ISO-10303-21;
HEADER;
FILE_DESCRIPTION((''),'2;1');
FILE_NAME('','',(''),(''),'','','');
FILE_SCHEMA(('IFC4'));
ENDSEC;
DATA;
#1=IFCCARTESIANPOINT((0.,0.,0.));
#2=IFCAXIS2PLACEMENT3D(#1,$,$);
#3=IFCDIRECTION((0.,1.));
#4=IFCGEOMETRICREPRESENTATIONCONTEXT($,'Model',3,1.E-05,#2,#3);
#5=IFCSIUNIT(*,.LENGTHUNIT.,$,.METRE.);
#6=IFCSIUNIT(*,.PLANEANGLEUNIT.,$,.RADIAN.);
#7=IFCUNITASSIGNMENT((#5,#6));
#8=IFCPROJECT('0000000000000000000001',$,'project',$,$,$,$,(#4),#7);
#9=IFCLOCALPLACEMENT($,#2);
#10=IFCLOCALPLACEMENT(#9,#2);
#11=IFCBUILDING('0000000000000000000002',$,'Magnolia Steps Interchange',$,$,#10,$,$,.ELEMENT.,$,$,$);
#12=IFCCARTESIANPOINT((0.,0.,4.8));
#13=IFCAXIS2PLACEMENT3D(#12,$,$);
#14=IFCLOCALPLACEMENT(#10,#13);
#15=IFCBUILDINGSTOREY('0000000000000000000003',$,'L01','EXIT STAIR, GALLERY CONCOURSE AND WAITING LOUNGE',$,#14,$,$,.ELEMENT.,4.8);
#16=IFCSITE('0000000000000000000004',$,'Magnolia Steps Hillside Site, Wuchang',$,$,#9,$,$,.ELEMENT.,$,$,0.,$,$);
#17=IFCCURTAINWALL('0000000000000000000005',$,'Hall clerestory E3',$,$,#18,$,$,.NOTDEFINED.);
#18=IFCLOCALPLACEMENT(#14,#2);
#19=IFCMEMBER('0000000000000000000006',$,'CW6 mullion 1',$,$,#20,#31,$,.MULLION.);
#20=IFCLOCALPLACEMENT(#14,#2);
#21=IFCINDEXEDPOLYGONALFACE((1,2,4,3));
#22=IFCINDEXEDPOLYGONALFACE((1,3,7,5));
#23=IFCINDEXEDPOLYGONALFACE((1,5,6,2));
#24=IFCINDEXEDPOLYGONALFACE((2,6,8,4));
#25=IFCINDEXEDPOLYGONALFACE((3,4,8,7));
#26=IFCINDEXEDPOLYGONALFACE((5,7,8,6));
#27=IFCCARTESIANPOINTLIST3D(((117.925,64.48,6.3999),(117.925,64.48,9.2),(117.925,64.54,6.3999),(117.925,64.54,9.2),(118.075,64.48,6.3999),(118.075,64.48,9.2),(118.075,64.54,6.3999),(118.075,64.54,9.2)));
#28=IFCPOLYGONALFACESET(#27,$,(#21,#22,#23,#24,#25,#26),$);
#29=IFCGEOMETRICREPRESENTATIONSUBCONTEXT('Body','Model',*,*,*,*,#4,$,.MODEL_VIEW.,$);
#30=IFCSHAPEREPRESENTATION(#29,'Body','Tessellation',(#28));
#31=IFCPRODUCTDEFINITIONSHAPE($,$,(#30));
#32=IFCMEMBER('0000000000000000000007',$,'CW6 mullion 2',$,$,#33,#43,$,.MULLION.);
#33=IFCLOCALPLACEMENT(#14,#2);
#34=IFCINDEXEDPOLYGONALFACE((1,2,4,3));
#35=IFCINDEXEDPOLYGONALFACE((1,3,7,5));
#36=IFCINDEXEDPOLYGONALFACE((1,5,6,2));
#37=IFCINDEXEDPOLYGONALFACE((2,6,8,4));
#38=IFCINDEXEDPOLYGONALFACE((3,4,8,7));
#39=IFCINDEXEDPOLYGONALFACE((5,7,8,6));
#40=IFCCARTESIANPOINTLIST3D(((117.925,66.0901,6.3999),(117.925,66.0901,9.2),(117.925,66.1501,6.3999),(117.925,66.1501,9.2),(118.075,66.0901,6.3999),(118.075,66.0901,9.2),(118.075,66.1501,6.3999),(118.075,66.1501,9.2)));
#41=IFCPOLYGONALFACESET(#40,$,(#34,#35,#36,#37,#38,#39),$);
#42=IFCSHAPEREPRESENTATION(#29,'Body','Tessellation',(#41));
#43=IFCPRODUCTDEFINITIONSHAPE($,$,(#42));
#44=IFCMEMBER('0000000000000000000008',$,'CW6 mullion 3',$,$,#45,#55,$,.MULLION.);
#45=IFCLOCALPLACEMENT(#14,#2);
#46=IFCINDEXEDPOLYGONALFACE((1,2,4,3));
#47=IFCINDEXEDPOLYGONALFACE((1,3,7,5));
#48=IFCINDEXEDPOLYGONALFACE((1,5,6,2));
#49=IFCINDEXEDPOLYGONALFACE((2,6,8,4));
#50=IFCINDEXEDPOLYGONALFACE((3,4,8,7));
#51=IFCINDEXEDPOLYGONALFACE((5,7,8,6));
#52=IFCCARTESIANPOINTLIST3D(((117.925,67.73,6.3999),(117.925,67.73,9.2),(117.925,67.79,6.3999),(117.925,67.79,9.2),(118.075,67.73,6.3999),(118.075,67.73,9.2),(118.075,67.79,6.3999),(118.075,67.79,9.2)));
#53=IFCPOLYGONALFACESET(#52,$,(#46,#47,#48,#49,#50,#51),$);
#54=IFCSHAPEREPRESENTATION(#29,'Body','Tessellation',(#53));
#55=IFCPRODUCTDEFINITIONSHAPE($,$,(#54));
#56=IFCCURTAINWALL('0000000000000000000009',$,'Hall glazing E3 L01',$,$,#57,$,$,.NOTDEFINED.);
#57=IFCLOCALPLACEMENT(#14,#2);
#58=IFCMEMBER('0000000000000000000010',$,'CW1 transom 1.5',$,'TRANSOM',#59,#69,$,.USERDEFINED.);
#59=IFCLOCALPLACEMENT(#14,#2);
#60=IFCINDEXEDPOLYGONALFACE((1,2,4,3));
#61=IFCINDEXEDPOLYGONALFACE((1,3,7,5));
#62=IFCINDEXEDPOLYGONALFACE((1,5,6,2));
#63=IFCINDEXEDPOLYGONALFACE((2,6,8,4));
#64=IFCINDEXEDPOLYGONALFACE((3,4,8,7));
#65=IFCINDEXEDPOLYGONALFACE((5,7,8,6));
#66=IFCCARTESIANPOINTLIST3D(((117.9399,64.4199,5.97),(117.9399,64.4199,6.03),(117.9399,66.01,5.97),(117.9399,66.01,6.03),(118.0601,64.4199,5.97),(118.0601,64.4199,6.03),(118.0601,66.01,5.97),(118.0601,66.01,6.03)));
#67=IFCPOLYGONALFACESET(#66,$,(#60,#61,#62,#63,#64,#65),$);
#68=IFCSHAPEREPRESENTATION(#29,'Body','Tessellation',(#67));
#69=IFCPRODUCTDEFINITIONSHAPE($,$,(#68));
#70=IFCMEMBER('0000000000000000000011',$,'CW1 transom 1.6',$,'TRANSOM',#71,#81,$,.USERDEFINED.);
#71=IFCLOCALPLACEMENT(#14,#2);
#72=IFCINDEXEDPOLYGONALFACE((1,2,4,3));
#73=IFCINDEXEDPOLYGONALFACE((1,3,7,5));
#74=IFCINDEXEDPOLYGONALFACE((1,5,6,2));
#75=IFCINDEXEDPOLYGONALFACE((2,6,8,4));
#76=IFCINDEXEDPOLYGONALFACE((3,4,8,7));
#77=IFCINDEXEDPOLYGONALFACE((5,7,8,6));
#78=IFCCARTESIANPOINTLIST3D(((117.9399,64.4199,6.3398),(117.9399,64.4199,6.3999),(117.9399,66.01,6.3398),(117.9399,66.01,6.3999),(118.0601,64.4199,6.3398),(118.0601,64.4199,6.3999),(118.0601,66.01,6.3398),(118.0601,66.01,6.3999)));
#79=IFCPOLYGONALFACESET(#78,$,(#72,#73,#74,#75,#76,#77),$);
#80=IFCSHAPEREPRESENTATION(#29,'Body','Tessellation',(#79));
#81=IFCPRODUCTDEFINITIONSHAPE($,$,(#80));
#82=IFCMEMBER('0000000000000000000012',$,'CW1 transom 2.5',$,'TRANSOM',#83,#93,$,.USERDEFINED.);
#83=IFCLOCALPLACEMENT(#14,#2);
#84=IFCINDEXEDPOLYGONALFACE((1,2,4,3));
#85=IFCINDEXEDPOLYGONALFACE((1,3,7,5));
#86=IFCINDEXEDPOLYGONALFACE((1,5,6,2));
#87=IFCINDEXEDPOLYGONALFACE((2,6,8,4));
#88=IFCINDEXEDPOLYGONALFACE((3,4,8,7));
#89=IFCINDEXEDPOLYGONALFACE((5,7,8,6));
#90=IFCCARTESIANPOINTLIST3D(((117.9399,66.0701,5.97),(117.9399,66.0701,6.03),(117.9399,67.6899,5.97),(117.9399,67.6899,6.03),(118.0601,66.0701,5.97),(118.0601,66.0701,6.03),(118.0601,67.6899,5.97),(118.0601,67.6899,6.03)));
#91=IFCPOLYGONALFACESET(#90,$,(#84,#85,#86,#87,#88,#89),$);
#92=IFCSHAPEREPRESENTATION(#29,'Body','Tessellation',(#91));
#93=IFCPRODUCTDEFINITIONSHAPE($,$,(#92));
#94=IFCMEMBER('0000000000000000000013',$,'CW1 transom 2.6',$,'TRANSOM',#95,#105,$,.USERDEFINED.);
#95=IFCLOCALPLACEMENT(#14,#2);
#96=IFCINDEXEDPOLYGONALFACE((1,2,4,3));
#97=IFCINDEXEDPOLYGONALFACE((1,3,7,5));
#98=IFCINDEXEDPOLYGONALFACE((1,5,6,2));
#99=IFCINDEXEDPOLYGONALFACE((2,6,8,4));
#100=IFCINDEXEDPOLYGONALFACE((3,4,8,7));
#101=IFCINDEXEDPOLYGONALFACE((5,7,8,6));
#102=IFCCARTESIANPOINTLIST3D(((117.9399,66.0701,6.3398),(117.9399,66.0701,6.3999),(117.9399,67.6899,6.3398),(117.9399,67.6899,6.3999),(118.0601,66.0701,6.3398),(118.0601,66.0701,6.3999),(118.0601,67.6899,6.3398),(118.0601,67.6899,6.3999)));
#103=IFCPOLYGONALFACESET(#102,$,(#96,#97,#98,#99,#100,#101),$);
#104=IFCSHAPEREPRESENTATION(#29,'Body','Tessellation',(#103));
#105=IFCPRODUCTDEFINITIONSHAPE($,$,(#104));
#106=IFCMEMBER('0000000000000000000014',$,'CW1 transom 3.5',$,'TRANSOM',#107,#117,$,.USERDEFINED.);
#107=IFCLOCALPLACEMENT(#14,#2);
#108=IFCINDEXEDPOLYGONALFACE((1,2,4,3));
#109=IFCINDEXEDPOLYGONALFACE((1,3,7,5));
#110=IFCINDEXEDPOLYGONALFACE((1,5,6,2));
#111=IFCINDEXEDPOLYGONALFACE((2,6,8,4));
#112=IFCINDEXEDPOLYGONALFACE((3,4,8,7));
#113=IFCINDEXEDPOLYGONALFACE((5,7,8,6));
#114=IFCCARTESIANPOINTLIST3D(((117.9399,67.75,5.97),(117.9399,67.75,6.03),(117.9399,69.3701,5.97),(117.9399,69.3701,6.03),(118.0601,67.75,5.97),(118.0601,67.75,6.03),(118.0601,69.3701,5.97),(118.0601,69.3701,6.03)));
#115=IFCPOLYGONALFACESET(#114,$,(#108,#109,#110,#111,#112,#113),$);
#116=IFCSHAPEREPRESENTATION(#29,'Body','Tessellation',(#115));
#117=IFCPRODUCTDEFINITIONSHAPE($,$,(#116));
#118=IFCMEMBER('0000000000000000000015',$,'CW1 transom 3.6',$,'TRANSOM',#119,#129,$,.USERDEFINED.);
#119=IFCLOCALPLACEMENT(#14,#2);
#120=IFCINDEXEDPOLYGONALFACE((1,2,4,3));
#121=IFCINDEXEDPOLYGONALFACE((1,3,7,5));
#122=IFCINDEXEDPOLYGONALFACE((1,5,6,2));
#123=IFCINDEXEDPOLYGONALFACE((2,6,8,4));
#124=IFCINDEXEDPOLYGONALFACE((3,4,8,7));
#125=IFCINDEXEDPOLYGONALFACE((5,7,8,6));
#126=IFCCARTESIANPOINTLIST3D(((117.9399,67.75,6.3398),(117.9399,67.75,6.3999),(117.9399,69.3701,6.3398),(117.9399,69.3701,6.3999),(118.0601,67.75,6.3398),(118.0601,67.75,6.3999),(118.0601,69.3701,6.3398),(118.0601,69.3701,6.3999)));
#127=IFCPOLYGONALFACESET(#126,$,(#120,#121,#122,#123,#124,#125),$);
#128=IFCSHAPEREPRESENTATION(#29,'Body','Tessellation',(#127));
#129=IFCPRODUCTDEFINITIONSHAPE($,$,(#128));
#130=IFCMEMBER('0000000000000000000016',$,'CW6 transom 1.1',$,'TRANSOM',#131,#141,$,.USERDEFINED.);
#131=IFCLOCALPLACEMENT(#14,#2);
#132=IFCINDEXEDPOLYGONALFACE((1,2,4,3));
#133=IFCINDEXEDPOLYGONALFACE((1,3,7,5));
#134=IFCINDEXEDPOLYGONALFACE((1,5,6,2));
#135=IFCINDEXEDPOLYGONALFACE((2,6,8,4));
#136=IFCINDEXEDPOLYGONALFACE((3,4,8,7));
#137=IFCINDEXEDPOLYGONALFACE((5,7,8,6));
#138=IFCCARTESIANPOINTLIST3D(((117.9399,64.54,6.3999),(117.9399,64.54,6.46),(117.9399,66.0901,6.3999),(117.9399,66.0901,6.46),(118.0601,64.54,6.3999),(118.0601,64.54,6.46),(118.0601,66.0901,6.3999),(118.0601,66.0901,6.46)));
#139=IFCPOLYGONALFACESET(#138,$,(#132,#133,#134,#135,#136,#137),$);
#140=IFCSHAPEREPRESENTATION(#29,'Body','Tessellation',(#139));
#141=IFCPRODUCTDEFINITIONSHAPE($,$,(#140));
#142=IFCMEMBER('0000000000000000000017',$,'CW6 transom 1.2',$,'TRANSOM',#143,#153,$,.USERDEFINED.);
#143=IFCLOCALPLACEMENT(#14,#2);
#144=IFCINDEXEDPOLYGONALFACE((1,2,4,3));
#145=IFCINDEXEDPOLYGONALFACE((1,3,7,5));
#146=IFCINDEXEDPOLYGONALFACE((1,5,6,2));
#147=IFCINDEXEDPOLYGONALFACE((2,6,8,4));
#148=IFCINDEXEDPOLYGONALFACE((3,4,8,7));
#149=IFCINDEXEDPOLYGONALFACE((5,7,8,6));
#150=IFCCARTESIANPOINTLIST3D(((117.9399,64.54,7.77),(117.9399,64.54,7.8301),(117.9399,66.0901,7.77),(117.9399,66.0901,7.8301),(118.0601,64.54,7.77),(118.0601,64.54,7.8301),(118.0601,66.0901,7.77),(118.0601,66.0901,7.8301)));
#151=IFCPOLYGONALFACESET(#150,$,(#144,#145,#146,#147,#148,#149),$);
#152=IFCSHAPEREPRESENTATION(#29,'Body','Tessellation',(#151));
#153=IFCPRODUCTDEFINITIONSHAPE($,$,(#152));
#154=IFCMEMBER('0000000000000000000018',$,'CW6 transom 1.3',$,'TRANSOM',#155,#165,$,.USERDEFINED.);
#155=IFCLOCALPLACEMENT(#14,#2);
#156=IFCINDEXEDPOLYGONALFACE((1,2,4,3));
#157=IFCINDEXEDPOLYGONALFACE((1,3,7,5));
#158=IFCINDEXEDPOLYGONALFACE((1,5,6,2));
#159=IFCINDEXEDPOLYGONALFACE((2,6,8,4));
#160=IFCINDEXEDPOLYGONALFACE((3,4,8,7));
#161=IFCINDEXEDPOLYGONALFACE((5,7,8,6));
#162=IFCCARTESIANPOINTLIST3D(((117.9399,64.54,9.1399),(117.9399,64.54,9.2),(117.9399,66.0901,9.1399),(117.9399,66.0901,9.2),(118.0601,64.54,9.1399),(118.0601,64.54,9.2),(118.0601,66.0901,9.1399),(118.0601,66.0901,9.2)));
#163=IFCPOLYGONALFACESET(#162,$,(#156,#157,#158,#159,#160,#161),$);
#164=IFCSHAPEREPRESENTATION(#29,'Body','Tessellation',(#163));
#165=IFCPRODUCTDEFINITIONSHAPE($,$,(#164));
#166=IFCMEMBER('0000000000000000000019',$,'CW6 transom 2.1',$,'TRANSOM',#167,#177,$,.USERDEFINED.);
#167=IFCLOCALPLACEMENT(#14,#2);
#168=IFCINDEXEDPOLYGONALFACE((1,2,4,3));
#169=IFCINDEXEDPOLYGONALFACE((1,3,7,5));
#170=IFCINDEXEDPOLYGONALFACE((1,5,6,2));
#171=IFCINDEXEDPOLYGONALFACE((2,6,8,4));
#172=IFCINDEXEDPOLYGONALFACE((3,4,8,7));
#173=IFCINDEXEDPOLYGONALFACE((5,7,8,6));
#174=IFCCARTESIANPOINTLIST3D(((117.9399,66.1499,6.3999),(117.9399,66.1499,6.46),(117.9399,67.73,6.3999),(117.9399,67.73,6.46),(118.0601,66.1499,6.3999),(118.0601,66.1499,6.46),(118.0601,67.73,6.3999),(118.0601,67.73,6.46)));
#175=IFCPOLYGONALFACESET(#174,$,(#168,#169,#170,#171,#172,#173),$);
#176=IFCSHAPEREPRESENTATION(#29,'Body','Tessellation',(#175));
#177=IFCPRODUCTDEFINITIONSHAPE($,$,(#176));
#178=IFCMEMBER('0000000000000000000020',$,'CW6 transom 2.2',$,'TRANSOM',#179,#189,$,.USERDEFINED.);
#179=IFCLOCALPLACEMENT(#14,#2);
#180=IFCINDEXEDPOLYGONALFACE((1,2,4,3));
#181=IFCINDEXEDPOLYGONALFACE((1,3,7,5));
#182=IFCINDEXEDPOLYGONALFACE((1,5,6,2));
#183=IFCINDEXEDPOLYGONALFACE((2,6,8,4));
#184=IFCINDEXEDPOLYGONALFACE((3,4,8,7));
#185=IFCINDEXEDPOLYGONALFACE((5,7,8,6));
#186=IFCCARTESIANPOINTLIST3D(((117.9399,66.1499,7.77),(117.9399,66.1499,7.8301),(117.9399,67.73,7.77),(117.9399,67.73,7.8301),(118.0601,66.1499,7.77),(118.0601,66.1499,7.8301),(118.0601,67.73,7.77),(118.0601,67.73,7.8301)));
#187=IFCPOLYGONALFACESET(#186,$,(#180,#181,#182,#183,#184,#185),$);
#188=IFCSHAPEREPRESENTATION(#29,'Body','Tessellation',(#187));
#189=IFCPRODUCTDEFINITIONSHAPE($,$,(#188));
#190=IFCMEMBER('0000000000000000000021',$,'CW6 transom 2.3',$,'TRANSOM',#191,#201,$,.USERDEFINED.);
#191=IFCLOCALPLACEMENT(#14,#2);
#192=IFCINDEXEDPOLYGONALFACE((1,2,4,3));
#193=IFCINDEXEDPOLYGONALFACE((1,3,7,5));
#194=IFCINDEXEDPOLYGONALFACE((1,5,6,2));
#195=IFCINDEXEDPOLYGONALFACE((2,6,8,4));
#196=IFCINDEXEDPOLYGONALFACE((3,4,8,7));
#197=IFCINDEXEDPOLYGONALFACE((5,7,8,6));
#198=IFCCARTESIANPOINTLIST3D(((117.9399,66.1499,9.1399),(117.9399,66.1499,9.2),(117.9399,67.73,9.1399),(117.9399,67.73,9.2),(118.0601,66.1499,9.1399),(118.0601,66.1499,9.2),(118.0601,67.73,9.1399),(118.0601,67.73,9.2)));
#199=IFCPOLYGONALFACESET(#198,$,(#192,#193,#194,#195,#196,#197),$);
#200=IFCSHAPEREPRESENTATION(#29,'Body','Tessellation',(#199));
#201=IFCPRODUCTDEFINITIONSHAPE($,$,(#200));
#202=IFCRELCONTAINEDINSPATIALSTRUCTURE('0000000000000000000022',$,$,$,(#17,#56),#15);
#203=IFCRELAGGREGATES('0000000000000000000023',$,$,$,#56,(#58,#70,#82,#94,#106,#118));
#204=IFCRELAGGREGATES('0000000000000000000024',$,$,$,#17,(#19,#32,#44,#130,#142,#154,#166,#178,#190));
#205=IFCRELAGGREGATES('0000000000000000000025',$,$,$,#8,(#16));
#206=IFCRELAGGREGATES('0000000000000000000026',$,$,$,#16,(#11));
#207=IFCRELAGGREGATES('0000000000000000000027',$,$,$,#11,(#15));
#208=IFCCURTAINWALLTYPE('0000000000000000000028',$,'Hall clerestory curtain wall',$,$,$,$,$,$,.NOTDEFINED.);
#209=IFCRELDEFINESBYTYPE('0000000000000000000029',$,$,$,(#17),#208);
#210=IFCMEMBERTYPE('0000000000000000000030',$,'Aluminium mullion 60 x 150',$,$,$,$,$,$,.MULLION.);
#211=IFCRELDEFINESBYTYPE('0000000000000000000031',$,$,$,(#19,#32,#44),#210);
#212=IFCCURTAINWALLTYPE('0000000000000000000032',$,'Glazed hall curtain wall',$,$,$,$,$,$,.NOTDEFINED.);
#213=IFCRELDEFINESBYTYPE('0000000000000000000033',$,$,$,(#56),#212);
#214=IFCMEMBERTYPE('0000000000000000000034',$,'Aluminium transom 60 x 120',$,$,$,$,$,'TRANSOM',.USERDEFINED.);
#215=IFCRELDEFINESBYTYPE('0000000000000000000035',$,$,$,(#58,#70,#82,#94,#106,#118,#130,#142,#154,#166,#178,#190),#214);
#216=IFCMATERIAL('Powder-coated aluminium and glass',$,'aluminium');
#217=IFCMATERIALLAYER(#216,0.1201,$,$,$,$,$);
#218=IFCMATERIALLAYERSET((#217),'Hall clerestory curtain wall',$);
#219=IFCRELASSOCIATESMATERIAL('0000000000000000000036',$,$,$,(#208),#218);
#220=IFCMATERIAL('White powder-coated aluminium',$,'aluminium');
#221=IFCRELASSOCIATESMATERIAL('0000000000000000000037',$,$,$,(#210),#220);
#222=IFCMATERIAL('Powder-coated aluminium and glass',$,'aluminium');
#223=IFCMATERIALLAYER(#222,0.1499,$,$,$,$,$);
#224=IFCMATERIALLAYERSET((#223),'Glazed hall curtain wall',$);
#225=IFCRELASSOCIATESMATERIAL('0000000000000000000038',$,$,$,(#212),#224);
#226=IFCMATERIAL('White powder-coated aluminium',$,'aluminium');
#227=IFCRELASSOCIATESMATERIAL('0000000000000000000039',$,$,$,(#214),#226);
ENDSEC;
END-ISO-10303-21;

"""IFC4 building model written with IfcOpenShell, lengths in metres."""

from ifc_helpers import new_model, si_unit, direction, frame, origin, origin_2d, place, context, subcontext, project, spatial, rectangle, extrude, material, layer, layer_set, material_profile, profile_set, type_object, element, aggregate, save


model = new_model("IFC4")

# Units and contexts
model_context = context("Model", 3, precision=1e-05, world=origin(), true_north=direction((0.0, 1.0)))
body_context = subcontext(model_context, "Body", "Model", "MODEL_VIEW")
ifc_project = project(units=[si_unit("LENGTHUNIT", "METRE"), si_unit("PLANEANGLEUNIT", "RADIAN")], contexts=[model_context])

# Site, building, storey
site_placement = place(None, origin())
site = spatial("IfcSite", under=ifc_project, at=site_placement, Name="Magnolia Steps Hillside Site, Wuchang", CompositionType="ELEMENT", RefElevation=0.0)
building_placement = place(site_placement, origin())
building = spatial("IfcBuilding", under=site, at=building_placement, Name="Magnolia Steps Interchange", CompositionType="ELEMENT")
storey_placement = place(building_placement, frame((0.0, 0.0, 4.8)))
storey = spatial("IfcBuildingStorey", under=building, at=storey_placement, Name="L01", Description="EXIT STAIR, GALLERY CONCOURSE AND WAITING LOUNGE", CompositionType="ELEMENT", Elevation=4.8)

# Curtain walls, members
ifc_material_1 = material(Name="Powder-coated aluminium and glass", Category="aluminium")
ifc_layer_1 = layer(ifc_material_1, 0.1201)
ifc_layer_set_1 = layer_set([ifc_layer_1], Name="Hall clerestory curtain wall")
curtain_wall_type_1 = type_object("IfcCurtainWallType", Name="Hall clerestory curtain wall", PredefinedType="NOTDEFINED", material=ifc_layer_set_1)
curtain_wall_1_placement = place(storey_placement, origin())
curtain_wall_1 = element("IfcCurtainWall", 1, at=curtain_wall_1_placement, inside=storey, type_object=curtain_wall_type_1, Name="Hall clerestory E3", PredefinedType="NOTDEFINED")
ifc_material_2 = material(Name="White powder-coated aluminium", Category="aluminium")
ifc_material_profile_1 = material_profile(ifc_material_2, rectangle(XDim=0.0601, YDim=0.1499, at=origin_2d()), Name="Aluminium mullion 60 x 150")
ifc_profile_set_1 = profile_set([ifc_material_profile_1], Name="White powder-coated aluminium")
member_type_1 = type_object("IfcMemberType", Name="Aluminium mullion 60 x 150", PredefinedType="MULLION", material=ifc_profile_set_1)
member_1_placement = place(storey_placement, frame((118.0, 64.51, 6.3999), z_axis=(0.0, 0.0, 1.0), x_axis=(0.0, 1.0, 0.0)))
member_1 = element("IfcMember", 2, at=member_1_placement, type_object=member_type_1, Name="CW6 mullion 1", PredefinedType="MULLION", context=body_context, shape_type="SweptSolid", body=[
    extrude(rectangle(XDim=0.0601, YDim=0.1499, at=origin_2d()), origin(), (0.0, 0.0, 1.0), 2.8),
])
member_2_placement = place(storey_placement, frame((118.0, 66.1201, 6.3999), z_axis=(0.0, 0.0, 1.0), x_axis=(0.0, 1.0, 0.0)))
member_2 = element("IfcMember", 3, at=member_2_placement, type_object=member_type_1, Name="CW6 mullion 2", PredefinedType="MULLION", context=body_context, shape_type="SweptSolid", body=[
    extrude(rectangle(XDim=0.0601, YDim=0.1499, at=origin_2d()), origin(), (0.0, 0.0, 1.0), 2.8),
])
member_3_placement = place(storey_placement, frame((118.0, 67.76, 6.3999), z_axis=(0.0, 0.0, 1.0), x_axis=(0.0, 1.0, 0.0)))
member_3 = element("IfcMember", 4, at=member_3_placement, type_object=member_type_1, Name="CW6 mullion 3", PredefinedType="MULLION", context=body_context, shape_type="SweptSolid", body=[
    extrude(rectangle(XDim=0.0601, YDim=0.1499, at=origin_2d()), origin(), (0.0, 0.0, 1.0), 2.8),
])
ifc_material_3 = material(Name="Powder-coated aluminium and glass", Category="aluminium")
ifc_layer_2 = layer(ifc_material_3, 0.1499)
ifc_layer_set_2 = layer_set([ifc_layer_2], Name="Glazed hall curtain wall")
curtain_wall_type_2 = type_object("IfcCurtainWallType", Name="Glazed hall curtain wall", PredefinedType="NOTDEFINED", material=ifc_layer_set_2)
curtain_wall_2_placement = place(storey_placement, origin())
curtain_wall_2 = element("IfcCurtainWall", 5, at=curtain_wall_2_placement, inside=storey, type_object=curtain_wall_type_2, Name="Hall glazing E3 L01", PredefinedType="NOTDEFINED")
ifc_material_4 = material(Name="White powder-coated aluminium", Category="aluminium")
ifc_material_profile_2 = material_profile(ifc_material_4, rectangle(XDim=0.0601, YDim=0.1201, at=origin_2d()), Name="Aluminium transom 60 x 120")
ifc_profile_set_2 = profile_set([ifc_material_profile_2], Name="White powder-coated aluminium")
member_type_2 = type_object("IfcMemberType", Name="Aluminium transom 60 x 120", ElementType="TRANSOM", PredefinedType="USERDEFINED", material=ifc_profile_set_2)
member_4_placement = place(storey_placement, frame((118.0, 64.4199, 6.0), z_axis=(0.0, 1.0, 0.0), x_axis=(0.0, 0.0, 1.0)))
member_4 = element("IfcMember", 6, at=member_4_placement, type_object=member_type_2, Name="CW1 transom 1.5", ObjectType="TRANSOM", PredefinedType="USERDEFINED", context=body_context, shape_type="SweptSolid", body=[
    extrude(rectangle(XDim=0.0601, YDim=0.1201, at=origin_2d()), origin(), (0.0, 0.0, 1.0), 1.5901),
])
member_5_placement = place(storey_placement, frame((118.0, 64.4199, 6.3699), z_axis=(0.0, 1.0, 0.0), x_axis=(0.0, 0.0, 1.0)))
member_5 = element("IfcMember", 7, at=member_5_placement, type_object=member_type_2, Name="CW1 transom 1.6", ObjectType="TRANSOM", PredefinedType="USERDEFINED", context=body_context, shape_type="SweptSolid", body=[
    extrude(rectangle(XDim=0.0601, YDim=0.1201, at=origin_2d()), origin(), (0.0, 0.0, 1.0), 1.5901),
])
member_6_placement = place(storey_placement, frame((118.0, 66.0701, 6.0), z_axis=(0.0, 1.0, 0.0), x_axis=(0.0, 0.0, 1.0)))
member_6 = element("IfcMember", 8, at=member_6_placement, type_object=member_type_2, Name="CW1 transom 2.5", ObjectType="TRANSOM", PredefinedType="USERDEFINED", context=body_context, shape_type="SweptSolid", body=[
    extrude(rectangle(XDim=0.0601, YDim=0.1201, at=origin_2d()), origin(), (0.0, 0.0, 1.0), 1.6199),
])
member_7_placement = place(storey_placement, frame((118.0, 66.0701, 6.3699), z_axis=(0.0, 1.0, 0.0), x_axis=(0.0, 0.0, 1.0)))
member_7 = element("IfcMember", 9, at=member_7_placement, type_object=member_type_2, Name="CW1 transom 2.6", ObjectType="TRANSOM", PredefinedType="USERDEFINED", context=body_context, shape_type="SweptSolid", body=[
    extrude(rectangle(XDim=0.0601, YDim=0.1201, at=origin_2d()), origin(), (0.0, 0.0, 1.0), 1.6199),
])
member_8_placement = place(storey_placement, frame((118.0, 67.75, 6.0), z_axis=(0.0, 1.0, 0.0), x_axis=(0.0, 0.0, 1.0)))
member_8 = element("IfcMember", 10, at=member_8_placement, type_object=member_type_2, Name="CW1 transom 3.5", ObjectType="TRANSOM", PredefinedType="USERDEFINED", context=body_context, shape_type="SweptSolid", body=[
    extrude(rectangle(XDim=0.0601, YDim=0.1201, at=origin_2d()), origin(), (0.0, 0.0, 1.0), 1.6201),
])
member_9_placement = place(storey_placement, frame((118.0, 67.75, 6.3699), z_axis=(0.0, 1.0, 0.0), x_axis=(0.0, 0.0, 1.0)))
member_9 = element("IfcMember", 11, at=member_9_placement, type_object=member_type_2, Name="CW1 transom 3.6", ObjectType="TRANSOM", PredefinedType="USERDEFINED", context=body_context, shape_type="SweptSolid", body=[
    extrude(rectangle(XDim=0.0601, YDim=0.1201, at=origin_2d()), origin(), (0.0, 0.0, 1.0), 1.6201),
])

# Members
member_10_placement = place(storey_placement, frame((118.0, 64.54, 6.4299), z_axis=(0.0, 1.0, 0.0), x_axis=(0.0, 0.0, 1.0)))
member_10 = element("IfcMember", 12, at=member_10_placement, type_object=member_type_2, Name="CW6 transom 1.1", ObjectType="TRANSOM", PredefinedType="USERDEFINED", context=body_context, shape_type="SweptSolid", body=[
    extrude(rectangle(XDim=0.0601, YDim=0.1201, at=origin_2d()), origin(), (0.0, 0.0, 1.0), 1.55),
])
member_11_placement = place(storey_placement, frame((118.0, 64.54, 7.8), z_axis=(0.0, 1.0, 0.0), x_axis=(0.0, 0.0, 1.0)))
member_11 = element("IfcMember", 13, at=member_11_placement, type_object=member_type_2, Name="CW6 transom 1.2", ObjectType="TRANSOM", PredefinedType="USERDEFINED", context=body_context, shape_type="SweptSolid", body=[
    extrude(rectangle(XDim=0.0601, YDim=0.1201, at=origin_2d()), origin(), (0.0, 0.0, 1.0), 1.55),
])
member_12_placement = place(storey_placement, frame((118.0, 64.54, 9.1699), z_axis=(0.0, 1.0, 0.0), x_axis=(0.0, 0.0, 1.0)))
member_12 = element("IfcMember", 14, at=member_12_placement, type_object=member_type_2, Name="CW6 transom 1.3", ObjectType="TRANSOM", PredefinedType="USERDEFINED", context=body_context, shape_type="SweptSolid", body=[
    extrude(rectangle(XDim=0.0601, YDim=0.1201, at=origin_2d()), origin(), (0.0, 0.0, 1.0), 1.55),
])
member_13_placement = place(storey_placement, frame((118.0, 66.1499, 6.4299), z_axis=(0.0, 1.0, 0.0), x_axis=(0.0, 0.0, 1.0)))
member_13 = element("IfcMember", 15, at=member_13_placement, type_object=member_type_2, Name="CW6 transom 2.1", ObjectType="TRANSOM", PredefinedType="USERDEFINED", context=body_context, shape_type="SweptSolid", body=[
    extrude(rectangle(XDim=0.0601, YDim=0.1201, at=origin_2d()), origin(), (0.0, 0.0, 1.0), 1.5801),
])
member_14_placement = place(storey_placement, frame((118.0, 66.1499, 7.8), z_axis=(0.0, 1.0, 0.0), x_axis=(0.0, 0.0, 1.0)))
member_14 = element("IfcMember", 16, at=member_14_placement, type_object=member_type_2, Name="CW6 transom 2.2", ObjectType="TRANSOM", PredefinedType="USERDEFINED", context=body_context, shape_type="SweptSolid", body=[
    extrude(rectangle(XDim=0.0601, YDim=0.1201, at=origin_2d()), origin(), (0.0, 0.0, 1.0), 1.5801),
])
member_15_placement = place(storey_placement, frame((118.0, 66.1499, 9.1699), z_axis=(0.0, 1.0, 0.0), x_axis=(0.0, 0.0, 1.0)))
member_15 = element("IfcMember", 17, at=member_15_placement, type_object=member_type_2, Name="CW6 transom 2.3", ObjectType="TRANSOM", PredefinedType="USERDEFINED", context=body_context, shape_type="SweptSolid", body=[
    extrude(rectangle(XDim=0.0601, YDim=0.1201, at=origin_2d()), origin(), (0.0, 0.0, 1.0), 1.5801),
])

aggregate(curtain_wall_2, [member_4, member_5, member_6, member_7, member_8, member_9])
aggregate(curtain_wall_1, [member_1, member_2, member_3, member_10, member_11, member_12, member_13, member_14, member_15])

save(model, "model.ifc")
